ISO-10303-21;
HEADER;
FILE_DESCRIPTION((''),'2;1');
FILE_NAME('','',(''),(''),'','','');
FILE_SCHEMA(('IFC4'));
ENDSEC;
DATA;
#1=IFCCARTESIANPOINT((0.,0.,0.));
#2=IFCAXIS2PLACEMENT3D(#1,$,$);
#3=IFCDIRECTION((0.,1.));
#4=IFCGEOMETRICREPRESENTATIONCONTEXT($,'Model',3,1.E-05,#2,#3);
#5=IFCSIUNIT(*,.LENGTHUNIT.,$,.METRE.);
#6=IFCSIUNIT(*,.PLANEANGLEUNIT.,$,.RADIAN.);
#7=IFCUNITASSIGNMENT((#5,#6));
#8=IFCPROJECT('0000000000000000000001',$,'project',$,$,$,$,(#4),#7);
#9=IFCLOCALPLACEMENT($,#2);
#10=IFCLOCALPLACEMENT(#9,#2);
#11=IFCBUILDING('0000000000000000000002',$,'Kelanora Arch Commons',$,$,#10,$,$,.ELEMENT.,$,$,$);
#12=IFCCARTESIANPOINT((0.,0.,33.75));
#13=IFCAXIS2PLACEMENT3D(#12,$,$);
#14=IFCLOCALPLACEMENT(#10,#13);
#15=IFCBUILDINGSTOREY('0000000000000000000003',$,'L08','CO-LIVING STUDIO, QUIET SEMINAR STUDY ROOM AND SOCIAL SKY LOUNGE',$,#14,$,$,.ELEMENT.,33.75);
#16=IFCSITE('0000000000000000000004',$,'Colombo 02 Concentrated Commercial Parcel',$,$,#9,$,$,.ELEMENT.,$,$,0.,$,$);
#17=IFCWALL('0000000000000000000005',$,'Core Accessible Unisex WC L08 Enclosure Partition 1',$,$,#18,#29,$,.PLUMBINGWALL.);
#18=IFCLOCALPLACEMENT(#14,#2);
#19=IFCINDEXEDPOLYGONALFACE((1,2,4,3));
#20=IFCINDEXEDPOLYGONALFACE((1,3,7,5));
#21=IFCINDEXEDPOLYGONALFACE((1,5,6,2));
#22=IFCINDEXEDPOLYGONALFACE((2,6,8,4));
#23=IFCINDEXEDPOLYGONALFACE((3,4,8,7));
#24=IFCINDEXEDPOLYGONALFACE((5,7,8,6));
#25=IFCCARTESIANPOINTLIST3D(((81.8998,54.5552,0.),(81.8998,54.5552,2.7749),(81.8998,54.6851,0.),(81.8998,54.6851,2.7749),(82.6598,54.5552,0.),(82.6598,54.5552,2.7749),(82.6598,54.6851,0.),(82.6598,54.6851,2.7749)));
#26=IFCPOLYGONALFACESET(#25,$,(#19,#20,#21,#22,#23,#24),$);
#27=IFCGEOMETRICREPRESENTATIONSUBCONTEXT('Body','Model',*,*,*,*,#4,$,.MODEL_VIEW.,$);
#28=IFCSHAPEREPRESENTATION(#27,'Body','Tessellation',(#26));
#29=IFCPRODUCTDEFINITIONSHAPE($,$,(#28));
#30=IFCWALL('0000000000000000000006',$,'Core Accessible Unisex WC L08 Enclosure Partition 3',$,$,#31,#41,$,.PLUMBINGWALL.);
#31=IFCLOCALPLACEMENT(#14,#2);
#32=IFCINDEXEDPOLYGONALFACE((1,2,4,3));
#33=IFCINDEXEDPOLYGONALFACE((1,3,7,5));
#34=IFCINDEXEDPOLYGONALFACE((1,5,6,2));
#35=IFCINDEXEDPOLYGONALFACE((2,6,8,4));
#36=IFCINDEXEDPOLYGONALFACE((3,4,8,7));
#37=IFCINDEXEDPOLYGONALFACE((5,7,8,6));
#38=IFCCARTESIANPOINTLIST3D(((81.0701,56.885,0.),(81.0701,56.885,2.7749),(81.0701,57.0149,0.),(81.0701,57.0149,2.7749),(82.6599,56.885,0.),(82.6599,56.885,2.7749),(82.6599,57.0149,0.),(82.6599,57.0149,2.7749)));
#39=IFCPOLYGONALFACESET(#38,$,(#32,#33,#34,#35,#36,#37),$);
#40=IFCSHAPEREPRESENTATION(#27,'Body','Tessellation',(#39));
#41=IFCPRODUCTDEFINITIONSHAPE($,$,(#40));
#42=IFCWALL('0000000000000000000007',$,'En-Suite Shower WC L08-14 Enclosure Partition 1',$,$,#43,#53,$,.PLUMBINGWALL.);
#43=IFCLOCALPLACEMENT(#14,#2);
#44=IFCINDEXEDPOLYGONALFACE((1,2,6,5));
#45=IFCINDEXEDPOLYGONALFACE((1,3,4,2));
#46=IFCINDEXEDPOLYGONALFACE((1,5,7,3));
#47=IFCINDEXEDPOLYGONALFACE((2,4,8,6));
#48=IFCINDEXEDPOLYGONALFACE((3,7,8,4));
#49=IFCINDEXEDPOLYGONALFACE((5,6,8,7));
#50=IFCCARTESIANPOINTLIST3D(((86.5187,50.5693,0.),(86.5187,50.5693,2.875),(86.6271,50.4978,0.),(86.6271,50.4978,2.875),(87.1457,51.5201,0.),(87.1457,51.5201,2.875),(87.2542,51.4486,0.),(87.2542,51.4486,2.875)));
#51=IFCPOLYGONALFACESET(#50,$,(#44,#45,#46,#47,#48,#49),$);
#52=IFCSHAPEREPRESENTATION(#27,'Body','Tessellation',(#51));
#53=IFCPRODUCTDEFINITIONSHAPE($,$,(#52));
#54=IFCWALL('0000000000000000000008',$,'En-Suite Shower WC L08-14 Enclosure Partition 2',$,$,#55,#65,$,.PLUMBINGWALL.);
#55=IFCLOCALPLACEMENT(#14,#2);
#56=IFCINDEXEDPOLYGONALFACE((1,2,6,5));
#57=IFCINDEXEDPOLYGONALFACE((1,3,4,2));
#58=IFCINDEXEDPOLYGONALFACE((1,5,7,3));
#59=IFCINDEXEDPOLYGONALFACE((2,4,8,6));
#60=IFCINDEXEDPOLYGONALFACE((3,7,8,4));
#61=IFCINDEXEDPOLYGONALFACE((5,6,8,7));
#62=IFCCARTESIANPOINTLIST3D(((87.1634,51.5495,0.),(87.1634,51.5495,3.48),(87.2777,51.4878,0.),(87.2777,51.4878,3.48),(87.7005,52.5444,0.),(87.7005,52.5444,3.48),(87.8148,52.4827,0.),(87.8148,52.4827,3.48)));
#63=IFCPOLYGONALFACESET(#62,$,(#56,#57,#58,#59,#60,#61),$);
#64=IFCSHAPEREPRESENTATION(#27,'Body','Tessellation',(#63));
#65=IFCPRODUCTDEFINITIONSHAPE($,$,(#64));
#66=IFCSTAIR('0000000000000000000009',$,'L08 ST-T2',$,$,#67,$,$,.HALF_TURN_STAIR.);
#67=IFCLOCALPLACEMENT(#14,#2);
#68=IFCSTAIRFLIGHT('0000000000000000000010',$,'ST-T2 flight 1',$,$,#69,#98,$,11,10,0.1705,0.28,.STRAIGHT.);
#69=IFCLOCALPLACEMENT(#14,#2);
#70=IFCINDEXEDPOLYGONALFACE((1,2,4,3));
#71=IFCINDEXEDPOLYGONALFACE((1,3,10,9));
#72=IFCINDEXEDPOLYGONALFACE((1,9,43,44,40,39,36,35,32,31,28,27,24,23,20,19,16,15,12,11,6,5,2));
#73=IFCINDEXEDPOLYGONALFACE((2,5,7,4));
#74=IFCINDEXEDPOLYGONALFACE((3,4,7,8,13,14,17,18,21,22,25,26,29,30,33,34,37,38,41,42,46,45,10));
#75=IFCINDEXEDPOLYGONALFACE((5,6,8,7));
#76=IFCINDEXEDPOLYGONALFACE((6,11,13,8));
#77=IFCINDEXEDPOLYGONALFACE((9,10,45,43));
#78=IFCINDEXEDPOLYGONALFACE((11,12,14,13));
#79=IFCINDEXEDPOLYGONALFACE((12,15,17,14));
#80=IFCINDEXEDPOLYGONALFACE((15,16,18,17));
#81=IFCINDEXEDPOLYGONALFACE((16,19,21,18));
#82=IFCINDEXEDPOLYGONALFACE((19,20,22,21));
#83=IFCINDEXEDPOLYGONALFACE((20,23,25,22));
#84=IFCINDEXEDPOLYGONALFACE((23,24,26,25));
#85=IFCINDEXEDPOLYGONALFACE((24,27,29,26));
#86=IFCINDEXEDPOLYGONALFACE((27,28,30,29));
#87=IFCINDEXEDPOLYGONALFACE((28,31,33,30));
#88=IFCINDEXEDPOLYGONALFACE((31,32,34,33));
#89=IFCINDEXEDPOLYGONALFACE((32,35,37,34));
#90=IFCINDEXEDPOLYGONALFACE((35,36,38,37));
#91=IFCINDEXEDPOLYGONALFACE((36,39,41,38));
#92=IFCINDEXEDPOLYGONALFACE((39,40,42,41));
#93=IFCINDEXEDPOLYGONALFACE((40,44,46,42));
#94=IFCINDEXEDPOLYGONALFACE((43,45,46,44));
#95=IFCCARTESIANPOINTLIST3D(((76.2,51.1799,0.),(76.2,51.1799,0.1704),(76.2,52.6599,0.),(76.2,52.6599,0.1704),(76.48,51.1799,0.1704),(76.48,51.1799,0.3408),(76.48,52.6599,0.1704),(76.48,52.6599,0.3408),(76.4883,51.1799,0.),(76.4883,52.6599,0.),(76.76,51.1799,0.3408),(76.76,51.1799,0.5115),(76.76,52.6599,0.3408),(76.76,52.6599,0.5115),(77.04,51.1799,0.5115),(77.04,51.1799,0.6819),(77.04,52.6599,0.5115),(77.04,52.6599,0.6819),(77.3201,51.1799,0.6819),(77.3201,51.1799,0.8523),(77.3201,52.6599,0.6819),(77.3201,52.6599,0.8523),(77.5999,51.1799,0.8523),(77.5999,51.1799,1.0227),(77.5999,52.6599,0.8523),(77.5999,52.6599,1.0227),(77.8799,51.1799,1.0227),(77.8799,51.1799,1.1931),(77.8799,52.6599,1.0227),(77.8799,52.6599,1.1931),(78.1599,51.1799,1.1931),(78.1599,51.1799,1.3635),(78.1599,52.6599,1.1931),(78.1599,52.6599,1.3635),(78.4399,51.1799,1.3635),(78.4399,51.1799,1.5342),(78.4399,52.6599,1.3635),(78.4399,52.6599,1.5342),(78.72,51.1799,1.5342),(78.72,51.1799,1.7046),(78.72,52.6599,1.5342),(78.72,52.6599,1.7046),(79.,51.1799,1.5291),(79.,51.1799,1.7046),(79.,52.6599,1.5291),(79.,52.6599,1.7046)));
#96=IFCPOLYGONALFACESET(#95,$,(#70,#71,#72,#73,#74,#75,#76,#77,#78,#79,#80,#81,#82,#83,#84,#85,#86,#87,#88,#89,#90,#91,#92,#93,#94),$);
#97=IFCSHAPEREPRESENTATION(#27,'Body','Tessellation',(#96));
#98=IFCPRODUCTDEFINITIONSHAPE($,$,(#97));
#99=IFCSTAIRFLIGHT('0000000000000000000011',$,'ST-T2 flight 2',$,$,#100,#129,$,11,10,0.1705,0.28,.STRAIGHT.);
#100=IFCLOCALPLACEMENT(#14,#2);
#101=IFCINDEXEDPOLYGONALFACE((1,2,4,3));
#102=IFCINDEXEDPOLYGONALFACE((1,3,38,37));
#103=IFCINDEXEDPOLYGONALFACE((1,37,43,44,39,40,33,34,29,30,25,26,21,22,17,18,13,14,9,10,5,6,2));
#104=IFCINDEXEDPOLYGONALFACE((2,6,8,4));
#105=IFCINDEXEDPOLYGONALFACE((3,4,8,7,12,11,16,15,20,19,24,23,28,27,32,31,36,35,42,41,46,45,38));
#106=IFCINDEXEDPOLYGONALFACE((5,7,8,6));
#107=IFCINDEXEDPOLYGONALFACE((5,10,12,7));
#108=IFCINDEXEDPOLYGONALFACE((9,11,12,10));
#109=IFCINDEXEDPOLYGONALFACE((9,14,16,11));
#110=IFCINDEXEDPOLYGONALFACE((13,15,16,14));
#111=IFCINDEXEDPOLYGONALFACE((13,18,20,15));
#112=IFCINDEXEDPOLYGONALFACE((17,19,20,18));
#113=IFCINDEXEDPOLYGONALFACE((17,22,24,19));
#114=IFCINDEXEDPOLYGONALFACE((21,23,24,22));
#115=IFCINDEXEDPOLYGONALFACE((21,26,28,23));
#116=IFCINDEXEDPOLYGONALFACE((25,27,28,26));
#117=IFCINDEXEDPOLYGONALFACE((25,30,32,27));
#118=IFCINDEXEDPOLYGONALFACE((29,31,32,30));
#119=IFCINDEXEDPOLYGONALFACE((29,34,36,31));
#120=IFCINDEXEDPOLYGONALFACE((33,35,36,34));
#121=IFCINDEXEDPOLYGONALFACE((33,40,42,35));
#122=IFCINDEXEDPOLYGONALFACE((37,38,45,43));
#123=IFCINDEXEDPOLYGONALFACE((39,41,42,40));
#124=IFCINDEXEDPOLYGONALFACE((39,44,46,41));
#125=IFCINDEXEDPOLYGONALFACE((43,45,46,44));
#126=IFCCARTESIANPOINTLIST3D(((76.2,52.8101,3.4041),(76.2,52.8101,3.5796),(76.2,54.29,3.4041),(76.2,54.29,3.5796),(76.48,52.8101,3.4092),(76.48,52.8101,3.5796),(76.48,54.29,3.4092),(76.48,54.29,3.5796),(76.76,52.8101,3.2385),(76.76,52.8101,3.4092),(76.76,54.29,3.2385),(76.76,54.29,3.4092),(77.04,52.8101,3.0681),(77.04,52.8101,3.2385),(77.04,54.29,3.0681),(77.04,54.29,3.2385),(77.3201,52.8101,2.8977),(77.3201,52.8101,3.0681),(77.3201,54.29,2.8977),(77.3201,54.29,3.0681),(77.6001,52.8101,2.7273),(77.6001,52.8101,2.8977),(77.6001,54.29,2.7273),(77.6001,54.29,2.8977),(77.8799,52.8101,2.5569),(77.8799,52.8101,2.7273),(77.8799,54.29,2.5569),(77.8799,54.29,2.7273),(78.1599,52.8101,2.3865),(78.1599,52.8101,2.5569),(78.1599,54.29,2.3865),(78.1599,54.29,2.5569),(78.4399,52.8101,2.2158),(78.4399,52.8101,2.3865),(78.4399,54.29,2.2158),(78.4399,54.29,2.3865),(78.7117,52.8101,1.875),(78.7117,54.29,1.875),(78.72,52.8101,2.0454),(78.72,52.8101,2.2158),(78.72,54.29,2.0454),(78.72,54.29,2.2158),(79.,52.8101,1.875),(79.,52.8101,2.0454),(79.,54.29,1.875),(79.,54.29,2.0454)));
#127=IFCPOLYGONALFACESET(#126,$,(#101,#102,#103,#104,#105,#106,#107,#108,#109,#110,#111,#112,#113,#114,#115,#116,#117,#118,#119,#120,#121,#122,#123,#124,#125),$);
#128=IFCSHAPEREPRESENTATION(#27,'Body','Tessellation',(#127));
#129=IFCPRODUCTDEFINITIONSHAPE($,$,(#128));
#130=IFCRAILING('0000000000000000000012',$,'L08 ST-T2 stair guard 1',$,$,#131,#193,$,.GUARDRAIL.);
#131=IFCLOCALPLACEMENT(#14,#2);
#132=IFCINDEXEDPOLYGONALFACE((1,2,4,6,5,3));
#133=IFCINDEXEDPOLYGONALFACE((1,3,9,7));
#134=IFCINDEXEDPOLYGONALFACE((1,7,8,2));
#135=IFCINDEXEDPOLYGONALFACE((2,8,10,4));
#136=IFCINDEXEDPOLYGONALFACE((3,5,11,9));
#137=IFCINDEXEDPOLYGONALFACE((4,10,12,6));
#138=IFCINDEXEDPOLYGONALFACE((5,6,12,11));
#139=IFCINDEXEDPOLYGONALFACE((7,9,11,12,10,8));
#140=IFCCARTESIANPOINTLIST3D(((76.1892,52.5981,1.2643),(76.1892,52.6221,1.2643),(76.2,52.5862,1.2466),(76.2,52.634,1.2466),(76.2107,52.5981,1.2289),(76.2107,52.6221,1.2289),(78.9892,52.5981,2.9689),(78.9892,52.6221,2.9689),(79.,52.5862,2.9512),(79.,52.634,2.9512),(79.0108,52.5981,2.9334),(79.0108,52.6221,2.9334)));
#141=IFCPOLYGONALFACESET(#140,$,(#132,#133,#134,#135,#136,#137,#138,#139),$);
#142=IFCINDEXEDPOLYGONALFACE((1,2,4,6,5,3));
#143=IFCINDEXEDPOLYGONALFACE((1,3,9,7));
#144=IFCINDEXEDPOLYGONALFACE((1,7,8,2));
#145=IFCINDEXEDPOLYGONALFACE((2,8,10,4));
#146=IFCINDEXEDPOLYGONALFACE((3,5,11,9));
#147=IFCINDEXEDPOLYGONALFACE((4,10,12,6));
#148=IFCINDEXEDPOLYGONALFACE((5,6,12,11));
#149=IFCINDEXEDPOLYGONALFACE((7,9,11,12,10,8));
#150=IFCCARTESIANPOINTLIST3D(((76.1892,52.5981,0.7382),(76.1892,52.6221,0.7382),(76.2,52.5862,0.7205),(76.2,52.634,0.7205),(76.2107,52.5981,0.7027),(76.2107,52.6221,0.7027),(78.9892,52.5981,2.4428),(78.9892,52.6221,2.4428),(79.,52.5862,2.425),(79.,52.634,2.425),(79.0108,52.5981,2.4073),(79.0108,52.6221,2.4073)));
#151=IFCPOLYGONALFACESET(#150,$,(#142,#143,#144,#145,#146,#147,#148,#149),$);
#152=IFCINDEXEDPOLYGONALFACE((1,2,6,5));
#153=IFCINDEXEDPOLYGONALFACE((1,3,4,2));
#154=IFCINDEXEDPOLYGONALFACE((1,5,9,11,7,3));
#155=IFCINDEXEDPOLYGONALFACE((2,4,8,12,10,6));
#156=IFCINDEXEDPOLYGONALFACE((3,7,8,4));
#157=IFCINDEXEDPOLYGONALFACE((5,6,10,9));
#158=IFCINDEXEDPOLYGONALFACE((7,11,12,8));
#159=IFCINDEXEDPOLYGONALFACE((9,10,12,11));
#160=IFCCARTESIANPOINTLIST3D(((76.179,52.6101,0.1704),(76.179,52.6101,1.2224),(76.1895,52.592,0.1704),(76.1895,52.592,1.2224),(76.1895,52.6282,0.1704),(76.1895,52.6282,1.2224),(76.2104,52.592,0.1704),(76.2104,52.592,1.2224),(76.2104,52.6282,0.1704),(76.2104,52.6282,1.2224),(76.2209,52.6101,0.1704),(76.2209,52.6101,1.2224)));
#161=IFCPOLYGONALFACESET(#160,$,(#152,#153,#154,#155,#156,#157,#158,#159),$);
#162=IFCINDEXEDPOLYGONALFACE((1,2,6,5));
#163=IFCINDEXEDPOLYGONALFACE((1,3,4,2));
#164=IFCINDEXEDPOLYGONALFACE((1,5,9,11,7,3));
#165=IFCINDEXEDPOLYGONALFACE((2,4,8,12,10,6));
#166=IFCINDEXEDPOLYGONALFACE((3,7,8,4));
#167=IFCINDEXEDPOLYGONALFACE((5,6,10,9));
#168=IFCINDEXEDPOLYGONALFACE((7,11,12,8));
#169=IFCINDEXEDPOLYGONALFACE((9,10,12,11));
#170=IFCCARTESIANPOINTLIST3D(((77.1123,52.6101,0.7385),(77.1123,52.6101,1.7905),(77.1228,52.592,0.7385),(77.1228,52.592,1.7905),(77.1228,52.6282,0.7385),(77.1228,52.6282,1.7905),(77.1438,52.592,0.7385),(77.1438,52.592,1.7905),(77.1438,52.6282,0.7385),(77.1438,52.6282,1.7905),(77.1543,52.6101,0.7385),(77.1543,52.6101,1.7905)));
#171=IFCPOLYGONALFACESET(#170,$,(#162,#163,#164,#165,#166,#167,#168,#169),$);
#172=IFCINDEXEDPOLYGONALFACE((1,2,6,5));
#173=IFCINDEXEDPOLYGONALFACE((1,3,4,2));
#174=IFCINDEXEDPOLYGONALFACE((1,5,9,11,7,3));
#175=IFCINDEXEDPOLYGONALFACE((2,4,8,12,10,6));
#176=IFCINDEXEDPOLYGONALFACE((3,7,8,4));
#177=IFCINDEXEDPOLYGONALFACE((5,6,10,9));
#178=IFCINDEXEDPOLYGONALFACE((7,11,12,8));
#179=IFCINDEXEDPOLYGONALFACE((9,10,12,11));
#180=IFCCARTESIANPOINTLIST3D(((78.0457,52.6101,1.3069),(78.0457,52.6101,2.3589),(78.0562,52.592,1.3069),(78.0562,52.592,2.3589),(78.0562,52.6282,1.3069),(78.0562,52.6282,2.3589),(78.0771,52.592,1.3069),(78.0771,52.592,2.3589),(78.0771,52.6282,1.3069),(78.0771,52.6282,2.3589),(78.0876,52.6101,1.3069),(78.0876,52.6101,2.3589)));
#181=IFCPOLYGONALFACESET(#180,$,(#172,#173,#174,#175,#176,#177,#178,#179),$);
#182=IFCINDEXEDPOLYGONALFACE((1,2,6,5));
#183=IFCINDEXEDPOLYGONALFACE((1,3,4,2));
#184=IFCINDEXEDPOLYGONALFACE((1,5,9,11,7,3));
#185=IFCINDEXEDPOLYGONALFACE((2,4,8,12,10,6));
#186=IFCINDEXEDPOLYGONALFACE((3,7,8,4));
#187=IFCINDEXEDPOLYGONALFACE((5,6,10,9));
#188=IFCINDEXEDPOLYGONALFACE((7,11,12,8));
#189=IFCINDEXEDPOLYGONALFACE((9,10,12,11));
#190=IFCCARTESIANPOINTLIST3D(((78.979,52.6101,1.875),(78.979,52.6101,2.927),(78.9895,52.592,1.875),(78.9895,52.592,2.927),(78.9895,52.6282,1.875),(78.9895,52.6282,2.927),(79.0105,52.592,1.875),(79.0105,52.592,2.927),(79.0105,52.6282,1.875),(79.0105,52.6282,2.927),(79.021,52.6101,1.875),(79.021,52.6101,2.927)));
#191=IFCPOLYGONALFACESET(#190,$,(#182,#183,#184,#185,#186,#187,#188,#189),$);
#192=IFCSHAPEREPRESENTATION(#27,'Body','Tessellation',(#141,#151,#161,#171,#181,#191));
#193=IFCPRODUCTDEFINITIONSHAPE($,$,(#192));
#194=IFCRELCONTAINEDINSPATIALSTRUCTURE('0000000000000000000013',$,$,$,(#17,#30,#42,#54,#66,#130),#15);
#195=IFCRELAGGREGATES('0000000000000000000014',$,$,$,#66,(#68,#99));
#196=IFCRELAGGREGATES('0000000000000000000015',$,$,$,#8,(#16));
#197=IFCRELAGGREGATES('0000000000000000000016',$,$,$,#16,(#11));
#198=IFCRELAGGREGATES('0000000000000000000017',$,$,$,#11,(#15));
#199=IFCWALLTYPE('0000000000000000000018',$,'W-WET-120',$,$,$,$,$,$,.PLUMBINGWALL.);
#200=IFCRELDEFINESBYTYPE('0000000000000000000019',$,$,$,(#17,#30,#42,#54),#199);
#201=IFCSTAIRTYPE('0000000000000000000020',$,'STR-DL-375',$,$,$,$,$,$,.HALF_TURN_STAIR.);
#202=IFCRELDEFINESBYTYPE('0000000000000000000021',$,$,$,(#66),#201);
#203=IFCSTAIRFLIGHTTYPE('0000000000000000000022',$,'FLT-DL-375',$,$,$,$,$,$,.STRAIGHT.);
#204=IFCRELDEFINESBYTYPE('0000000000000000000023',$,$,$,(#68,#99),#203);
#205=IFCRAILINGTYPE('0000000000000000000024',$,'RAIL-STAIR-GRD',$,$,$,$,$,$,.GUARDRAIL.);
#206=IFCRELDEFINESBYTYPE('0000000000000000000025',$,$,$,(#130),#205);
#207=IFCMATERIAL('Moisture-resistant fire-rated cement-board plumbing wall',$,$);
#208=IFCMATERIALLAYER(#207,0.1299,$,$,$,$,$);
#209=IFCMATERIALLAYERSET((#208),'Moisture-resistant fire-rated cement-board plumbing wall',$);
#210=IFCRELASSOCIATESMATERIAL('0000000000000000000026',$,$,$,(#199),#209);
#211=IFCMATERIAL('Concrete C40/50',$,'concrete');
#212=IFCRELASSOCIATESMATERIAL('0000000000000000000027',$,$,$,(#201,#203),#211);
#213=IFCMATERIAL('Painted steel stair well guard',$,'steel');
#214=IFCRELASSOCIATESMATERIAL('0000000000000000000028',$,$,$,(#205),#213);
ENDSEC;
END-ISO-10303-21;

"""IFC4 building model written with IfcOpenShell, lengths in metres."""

from ifc_helpers import new_model, si_unit, direction, frame, frame_2d, origin, place, context, subcontext, project, spatial, polyline, rectangle, outline, extrude, material, layer, layer_set, type_object, element, aggregate, save


model = new_model("IFC4")

# Units and contexts
model_context = context("Model", 3, precision=1e-05, world=origin(), true_north=direction((0.0, 1.0)))
body_context = subcontext(model_context, "Body", "Model", "MODEL_VIEW")
ifc_project = project(units=[si_unit("LENGTHUNIT", "METRE"), si_unit("PLANEANGLEUNIT", "RADIAN")], contexts=[model_context])

# Site, building, storey
site_placement = place(None, origin())
site = spatial("IfcSite", under=ifc_project, at=site_placement, Name="Colombo 02 Concentrated Commercial Parcel", CompositionType="ELEMENT", RefElevation=0.0)
building_placement = place(site_placement, origin())
building = spatial("IfcBuilding", under=site, at=building_placement, Name="Kelanora Arch Commons", CompositionType="ELEMENT")
storey_placement = place(building_placement, frame((0.0, 0.0, 33.75)))
storey = spatial("IfcBuildingStorey", under=building, at=storey_placement, Name="L08", Description="CO-LIVING STUDIO, QUIET SEMINAR STUDY ROOM AND SOCIAL SKY LOUNGE", CompositionType="ELEMENT", Elevation=33.75)

# Shared definitions
ifc_material_1 = material(Name="Concrete C40/50", Category="concrete")

# Shared definitions
ifc_material_2 = material(Name="Moisture-resistant fire-rated cement-board plumbing wall")
ifc_layer_1 = layer(ifc_material_2, 0.1299)
ifc_layer_set_1 = layer_set([ifc_layer_1], Name="Moisture-resistant fire-rated cement-board plumbing wall")
wall_type_1 = type_object("IfcWallType", Name="W-WET-120", PredefinedType="PLUMBINGWALL", material=ifc_layer_set_1)

# Walls
wall_1_placement = place(storey_placement, frame((81.8999, 54.6201, 0.0), z_axis=(0.0, 0.0, 1.0), x_axis=(1.0, 0.0, 0.0)))
element("IfcWall", 1, at=wall_1_placement, inside=storey, type_object=wall_type_1, Name="Core Accessible Unisex WC L08 Enclosure Partition 1", PredefinedType="PLUMBINGWALL", context=body_context, shape_type="SweptSolid", body=[
    extrude(rectangle(XDim=0.76, YDim=0.1299, at=frame_2d((0.3799, 0.0))), origin(), (0.0, 0.0, 1.0), 2.7749),
])
wall_2_placement = place(storey_placement, frame((82.6599, 56.95, 0.0), z_axis=(0.0, 0.0, 1.0), x_axis=(-1.0, 0.0, 0.0)))
element("IfcWall", 2, at=wall_2_placement, inside=storey, type_object=wall_type_1, Name="Core Accessible Unisex WC L08 Enclosure Partition 3", PredefinedType="PLUMBINGWALL", context=body_context, shape_type="SweptSolid", body=[
    extrude(rectangle(XDim=1.5898, YDim=0.1299, at=frame_2d((0.7949, 0.0))), origin(), (0.0, 0.0, 1.0), 2.7749),
])
wall_3_placement = place(storey_placement, frame((86.573, 50.5337, 0.0), z_axis=(0.0, 0.0, 1.0), x_axis=(0.550538, 0.83481, 0.0)))
element("IfcWall", 3, at=wall_3_placement, inside=storey, type_object=wall_type_1, Name="En-Suite Shower WC L08-14 Enclosure Partition 1", PredefinedType="PLUMBINGWALL", context=body_context, shape_type="SweptSolid", body=[
    extrude(rectangle(XDim=1.1389, YDim=0.1299, at=frame_2d((0.5693, 0.0))), origin(), (0.0, 0.0, 1.0), 2.875),
])
wall_4_placement = place(storey_placement, frame((87.2205, 51.5186, 0.0), z_axis=(0.0, 0.0, 1.0), x_axis=(0.475065, 0.879951, 0.0)))
element("IfcWall", 4, at=wall_4_placement, inside=storey, type_object=wall_type_1, Name="En-Suite Shower WC L08-14 Enclosure Partition 2", PredefinedType="PLUMBINGWALL", context=body_context, shape_type="SweptSolid", body=[
    extrude(rectangle(XDim=1.1306, YDim=0.1299, at=frame_2d((0.5654, 0.0))), origin(), (0.0, 0.0, 1.0), 3.48),
])

# Stair, stair flights
stair_type = type_object("IfcStairType", Name="STR-DL-375", PredefinedType="HALF_TURN_STAIR", material=ifc_material_1)
stair_placement = place(storey_placement, origin())
stair = element("IfcStair", 5, at=stair_placement, inside=storey, type_object=stair_type, Name="L08 ST-T2", PredefinedType="HALF_TURN_STAIR")
stair_flight_type = type_object("IfcStairFlightType", Name="FLT-DL-375", PredefinedType="STRAIGHT", material=ifc_material_1)
stair_flight_1_placement = place(storey_placement, frame((76.2, 51.9199, 0.0), z_axis=(0.0, 0.0, 1.0), x_axis=(1.0, 0.0, 0.0)))
stair_flight_1 = element("IfcStairFlight", 6, at=stair_flight_1_placement, type_object=stair_flight_type, Name="ST-T2 flight 1", NumberOfRisers=11, NumberOfTreads=10, PredefinedType="STRAIGHT", RiserHeight=0.1705, TreadLength=0.28, context=body_context, shape_type="SweptSolid", body=[
    extrude(outline(polyline([(0.0, 0.0), (0.0, 0.1704), (0.28, 0.1704), (0.28, 0.3408), (0.5601, 0.3408), (0.5601, 0.5115), (0.8401, 0.5115), (0.8401, 0.6819), (1.1201, 0.6819), (1.1201, 0.8523), (1.3999, 0.8523), (1.3999, 1.0227), (1.6799, 1.0227), (1.6799, 1.1931), (1.96, 1.1931), (1.96, 1.3635), (2.24, 1.3635), (2.24, 1.5342), (2.52, 1.5342), (2.52, 1.7046), (2.8, 1.7046), (2.8, 1.875), (2.8, 1.5291), (0.2883, 0.0), (0.0, 0.0)])), frame((0.0, 0.74, 0.0), z_axis=(0.0, -1.0, 0.0), x_axis=(1.0, 0.0, 0.0)), (0.0, 0.0, 1.0), 1.48),
])
stair_flight_2_placement = place(storey_placement, frame((79.0, 53.55, 1.875), z_axis=(0.0, 0.0, 1.0), x_axis=(-1.0, 0.0, 0.0)))
stair_flight_2 = element("IfcStairFlight", 7, at=stair_flight_2_placement, type_object=stair_flight_type, Name="ST-T2 flight 2", NumberOfRisers=11, NumberOfTreads=10, PredefinedType="STRAIGHT", RiserHeight=0.1705, TreadLength=0.28, context=body_context, shape_type="SweptSolid", body=[
    extrude(outline(polyline([(0.0, 0.0), (0.0, 0.1704), (0.28, 0.1704), (0.28, 0.3408), (0.5601, 0.3408), (0.5601, 0.5115), (0.8401, 0.5115), (0.8401, 0.6819), (1.1201, 0.6819), (1.1201, 0.8523), (1.3999, 0.8523), (1.3999, 1.0227), (1.6799, 1.0227), (1.6799, 1.1931), (1.96, 1.1931), (1.96, 1.3635), (2.24, 1.3635), (2.24, 1.5342), (2.52, 1.5342), (2.52, 1.7046), (2.8, 1.7046), (2.8, 1.875), (2.8, 1.5291), (0.2883, 0.0), (0.0, 0.0)])), frame((0.0, 0.74, 0.0), z_axis=(0.0, -1.0, 0.0), x_axis=(1.0, 0.0, 0.0)), (0.0, 0.0, 1.0), 1.48),
])
aggregate(stair, [stair_flight_1, stair_flight_2])

# Railing
ifc_material_3 = material(Name="Painted steel stair well guard", Category="steel")
railing_type_1 = type_object("IfcRailingType", Name="RAIL-STAIR-GRD", PredefinedType="GUARDRAIL", material=ifc_material_3)
railing_1_placement = place(storey_placement, frame((76.2, 52.6101, 0.1704)))
element("IfcRailing", 8, at=railing_1_placement, inside=storey, type_object=railing_type_1, Name="L08 ST-T2 stair guard 1", PredefinedType="GUARDRAIL", context=body_context, shape_type="SweptSolid", body=[
    extrude(outline(polyline([(0.0239, 0.0), (0.012, 0.0208), (-0.012, 0.0208), (-0.0239, 0.0), (-0.012, -0.0208), (0.012, -0.0208), (0.0239, 0.0)])), frame((0.0, 0.0, 1.0762), z_axis=(0.85417, 0.0, 0.519994), x_axis=(0.0, 1.0, 0.0)), (0.0, 0.0, 1.0), 3.2781),
    extrude(outline(polyline([(0.0239, 0.0), (0.012, 0.0208), (-0.012, 0.0208), (-0.0239, 0.0), (-0.012, -0.0208), (0.012, -0.0208), (0.0239, 0.0)])), frame((0.0, 0.0, 0.55), z_axis=(0.85417, 0.0, 0.519994), x_axis=(0.0, 1.0, 0.0)), (0.0, 0.0, 1.0), 3.2781),
    extrude(outline(polyline([(0.021, 0.0), (0.0105, 0.0181), (-0.0105, 0.0181), (-0.021, 0.0), (-0.0105, -0.0181), (0.0105, -0.0181), (0.021, 0.0)])), origin(), (0.0, 0.0, 1.0), 1.052),
    extrude(outline(polyline([(0.021, 0.0), (0.0105, 0.0181), (-0.0105, 0.0181), (-0.021, 0.0), (-0.0105, -0.0181), (0.0105, -0.0181), (0.021, 0.0)])), frame((0.9333, 0.0, 0.5681)), (0.0, 0.0, 1.0), 1.052),
    extrude(outline(polyline([(0.021, 0.0), (0.0105, 0.0181), (-0.0105, 0.0181), (-0.021, 0.0), (-0.0105, -0.0181), (0.0105, -0.0181), (0.021, 0.0)])), frame((1.8667, 0.0, 1.1365)), (0.0, 0.0, 1.0), 1.052),
    extrude(outline(polyline([(0.021, 0.0), (0.0105, 0.0181), (-0.0105, 0.0181), (-0.021, 0.0), (-0.0105, -0.0181), (0.0105, -0.0181), (0.021, 0.0)])), frame((2.8, 0.0, 1.7046)), (0.0, 0.0, 1.0), 1.052),
])

save(model, "model.ifc")
